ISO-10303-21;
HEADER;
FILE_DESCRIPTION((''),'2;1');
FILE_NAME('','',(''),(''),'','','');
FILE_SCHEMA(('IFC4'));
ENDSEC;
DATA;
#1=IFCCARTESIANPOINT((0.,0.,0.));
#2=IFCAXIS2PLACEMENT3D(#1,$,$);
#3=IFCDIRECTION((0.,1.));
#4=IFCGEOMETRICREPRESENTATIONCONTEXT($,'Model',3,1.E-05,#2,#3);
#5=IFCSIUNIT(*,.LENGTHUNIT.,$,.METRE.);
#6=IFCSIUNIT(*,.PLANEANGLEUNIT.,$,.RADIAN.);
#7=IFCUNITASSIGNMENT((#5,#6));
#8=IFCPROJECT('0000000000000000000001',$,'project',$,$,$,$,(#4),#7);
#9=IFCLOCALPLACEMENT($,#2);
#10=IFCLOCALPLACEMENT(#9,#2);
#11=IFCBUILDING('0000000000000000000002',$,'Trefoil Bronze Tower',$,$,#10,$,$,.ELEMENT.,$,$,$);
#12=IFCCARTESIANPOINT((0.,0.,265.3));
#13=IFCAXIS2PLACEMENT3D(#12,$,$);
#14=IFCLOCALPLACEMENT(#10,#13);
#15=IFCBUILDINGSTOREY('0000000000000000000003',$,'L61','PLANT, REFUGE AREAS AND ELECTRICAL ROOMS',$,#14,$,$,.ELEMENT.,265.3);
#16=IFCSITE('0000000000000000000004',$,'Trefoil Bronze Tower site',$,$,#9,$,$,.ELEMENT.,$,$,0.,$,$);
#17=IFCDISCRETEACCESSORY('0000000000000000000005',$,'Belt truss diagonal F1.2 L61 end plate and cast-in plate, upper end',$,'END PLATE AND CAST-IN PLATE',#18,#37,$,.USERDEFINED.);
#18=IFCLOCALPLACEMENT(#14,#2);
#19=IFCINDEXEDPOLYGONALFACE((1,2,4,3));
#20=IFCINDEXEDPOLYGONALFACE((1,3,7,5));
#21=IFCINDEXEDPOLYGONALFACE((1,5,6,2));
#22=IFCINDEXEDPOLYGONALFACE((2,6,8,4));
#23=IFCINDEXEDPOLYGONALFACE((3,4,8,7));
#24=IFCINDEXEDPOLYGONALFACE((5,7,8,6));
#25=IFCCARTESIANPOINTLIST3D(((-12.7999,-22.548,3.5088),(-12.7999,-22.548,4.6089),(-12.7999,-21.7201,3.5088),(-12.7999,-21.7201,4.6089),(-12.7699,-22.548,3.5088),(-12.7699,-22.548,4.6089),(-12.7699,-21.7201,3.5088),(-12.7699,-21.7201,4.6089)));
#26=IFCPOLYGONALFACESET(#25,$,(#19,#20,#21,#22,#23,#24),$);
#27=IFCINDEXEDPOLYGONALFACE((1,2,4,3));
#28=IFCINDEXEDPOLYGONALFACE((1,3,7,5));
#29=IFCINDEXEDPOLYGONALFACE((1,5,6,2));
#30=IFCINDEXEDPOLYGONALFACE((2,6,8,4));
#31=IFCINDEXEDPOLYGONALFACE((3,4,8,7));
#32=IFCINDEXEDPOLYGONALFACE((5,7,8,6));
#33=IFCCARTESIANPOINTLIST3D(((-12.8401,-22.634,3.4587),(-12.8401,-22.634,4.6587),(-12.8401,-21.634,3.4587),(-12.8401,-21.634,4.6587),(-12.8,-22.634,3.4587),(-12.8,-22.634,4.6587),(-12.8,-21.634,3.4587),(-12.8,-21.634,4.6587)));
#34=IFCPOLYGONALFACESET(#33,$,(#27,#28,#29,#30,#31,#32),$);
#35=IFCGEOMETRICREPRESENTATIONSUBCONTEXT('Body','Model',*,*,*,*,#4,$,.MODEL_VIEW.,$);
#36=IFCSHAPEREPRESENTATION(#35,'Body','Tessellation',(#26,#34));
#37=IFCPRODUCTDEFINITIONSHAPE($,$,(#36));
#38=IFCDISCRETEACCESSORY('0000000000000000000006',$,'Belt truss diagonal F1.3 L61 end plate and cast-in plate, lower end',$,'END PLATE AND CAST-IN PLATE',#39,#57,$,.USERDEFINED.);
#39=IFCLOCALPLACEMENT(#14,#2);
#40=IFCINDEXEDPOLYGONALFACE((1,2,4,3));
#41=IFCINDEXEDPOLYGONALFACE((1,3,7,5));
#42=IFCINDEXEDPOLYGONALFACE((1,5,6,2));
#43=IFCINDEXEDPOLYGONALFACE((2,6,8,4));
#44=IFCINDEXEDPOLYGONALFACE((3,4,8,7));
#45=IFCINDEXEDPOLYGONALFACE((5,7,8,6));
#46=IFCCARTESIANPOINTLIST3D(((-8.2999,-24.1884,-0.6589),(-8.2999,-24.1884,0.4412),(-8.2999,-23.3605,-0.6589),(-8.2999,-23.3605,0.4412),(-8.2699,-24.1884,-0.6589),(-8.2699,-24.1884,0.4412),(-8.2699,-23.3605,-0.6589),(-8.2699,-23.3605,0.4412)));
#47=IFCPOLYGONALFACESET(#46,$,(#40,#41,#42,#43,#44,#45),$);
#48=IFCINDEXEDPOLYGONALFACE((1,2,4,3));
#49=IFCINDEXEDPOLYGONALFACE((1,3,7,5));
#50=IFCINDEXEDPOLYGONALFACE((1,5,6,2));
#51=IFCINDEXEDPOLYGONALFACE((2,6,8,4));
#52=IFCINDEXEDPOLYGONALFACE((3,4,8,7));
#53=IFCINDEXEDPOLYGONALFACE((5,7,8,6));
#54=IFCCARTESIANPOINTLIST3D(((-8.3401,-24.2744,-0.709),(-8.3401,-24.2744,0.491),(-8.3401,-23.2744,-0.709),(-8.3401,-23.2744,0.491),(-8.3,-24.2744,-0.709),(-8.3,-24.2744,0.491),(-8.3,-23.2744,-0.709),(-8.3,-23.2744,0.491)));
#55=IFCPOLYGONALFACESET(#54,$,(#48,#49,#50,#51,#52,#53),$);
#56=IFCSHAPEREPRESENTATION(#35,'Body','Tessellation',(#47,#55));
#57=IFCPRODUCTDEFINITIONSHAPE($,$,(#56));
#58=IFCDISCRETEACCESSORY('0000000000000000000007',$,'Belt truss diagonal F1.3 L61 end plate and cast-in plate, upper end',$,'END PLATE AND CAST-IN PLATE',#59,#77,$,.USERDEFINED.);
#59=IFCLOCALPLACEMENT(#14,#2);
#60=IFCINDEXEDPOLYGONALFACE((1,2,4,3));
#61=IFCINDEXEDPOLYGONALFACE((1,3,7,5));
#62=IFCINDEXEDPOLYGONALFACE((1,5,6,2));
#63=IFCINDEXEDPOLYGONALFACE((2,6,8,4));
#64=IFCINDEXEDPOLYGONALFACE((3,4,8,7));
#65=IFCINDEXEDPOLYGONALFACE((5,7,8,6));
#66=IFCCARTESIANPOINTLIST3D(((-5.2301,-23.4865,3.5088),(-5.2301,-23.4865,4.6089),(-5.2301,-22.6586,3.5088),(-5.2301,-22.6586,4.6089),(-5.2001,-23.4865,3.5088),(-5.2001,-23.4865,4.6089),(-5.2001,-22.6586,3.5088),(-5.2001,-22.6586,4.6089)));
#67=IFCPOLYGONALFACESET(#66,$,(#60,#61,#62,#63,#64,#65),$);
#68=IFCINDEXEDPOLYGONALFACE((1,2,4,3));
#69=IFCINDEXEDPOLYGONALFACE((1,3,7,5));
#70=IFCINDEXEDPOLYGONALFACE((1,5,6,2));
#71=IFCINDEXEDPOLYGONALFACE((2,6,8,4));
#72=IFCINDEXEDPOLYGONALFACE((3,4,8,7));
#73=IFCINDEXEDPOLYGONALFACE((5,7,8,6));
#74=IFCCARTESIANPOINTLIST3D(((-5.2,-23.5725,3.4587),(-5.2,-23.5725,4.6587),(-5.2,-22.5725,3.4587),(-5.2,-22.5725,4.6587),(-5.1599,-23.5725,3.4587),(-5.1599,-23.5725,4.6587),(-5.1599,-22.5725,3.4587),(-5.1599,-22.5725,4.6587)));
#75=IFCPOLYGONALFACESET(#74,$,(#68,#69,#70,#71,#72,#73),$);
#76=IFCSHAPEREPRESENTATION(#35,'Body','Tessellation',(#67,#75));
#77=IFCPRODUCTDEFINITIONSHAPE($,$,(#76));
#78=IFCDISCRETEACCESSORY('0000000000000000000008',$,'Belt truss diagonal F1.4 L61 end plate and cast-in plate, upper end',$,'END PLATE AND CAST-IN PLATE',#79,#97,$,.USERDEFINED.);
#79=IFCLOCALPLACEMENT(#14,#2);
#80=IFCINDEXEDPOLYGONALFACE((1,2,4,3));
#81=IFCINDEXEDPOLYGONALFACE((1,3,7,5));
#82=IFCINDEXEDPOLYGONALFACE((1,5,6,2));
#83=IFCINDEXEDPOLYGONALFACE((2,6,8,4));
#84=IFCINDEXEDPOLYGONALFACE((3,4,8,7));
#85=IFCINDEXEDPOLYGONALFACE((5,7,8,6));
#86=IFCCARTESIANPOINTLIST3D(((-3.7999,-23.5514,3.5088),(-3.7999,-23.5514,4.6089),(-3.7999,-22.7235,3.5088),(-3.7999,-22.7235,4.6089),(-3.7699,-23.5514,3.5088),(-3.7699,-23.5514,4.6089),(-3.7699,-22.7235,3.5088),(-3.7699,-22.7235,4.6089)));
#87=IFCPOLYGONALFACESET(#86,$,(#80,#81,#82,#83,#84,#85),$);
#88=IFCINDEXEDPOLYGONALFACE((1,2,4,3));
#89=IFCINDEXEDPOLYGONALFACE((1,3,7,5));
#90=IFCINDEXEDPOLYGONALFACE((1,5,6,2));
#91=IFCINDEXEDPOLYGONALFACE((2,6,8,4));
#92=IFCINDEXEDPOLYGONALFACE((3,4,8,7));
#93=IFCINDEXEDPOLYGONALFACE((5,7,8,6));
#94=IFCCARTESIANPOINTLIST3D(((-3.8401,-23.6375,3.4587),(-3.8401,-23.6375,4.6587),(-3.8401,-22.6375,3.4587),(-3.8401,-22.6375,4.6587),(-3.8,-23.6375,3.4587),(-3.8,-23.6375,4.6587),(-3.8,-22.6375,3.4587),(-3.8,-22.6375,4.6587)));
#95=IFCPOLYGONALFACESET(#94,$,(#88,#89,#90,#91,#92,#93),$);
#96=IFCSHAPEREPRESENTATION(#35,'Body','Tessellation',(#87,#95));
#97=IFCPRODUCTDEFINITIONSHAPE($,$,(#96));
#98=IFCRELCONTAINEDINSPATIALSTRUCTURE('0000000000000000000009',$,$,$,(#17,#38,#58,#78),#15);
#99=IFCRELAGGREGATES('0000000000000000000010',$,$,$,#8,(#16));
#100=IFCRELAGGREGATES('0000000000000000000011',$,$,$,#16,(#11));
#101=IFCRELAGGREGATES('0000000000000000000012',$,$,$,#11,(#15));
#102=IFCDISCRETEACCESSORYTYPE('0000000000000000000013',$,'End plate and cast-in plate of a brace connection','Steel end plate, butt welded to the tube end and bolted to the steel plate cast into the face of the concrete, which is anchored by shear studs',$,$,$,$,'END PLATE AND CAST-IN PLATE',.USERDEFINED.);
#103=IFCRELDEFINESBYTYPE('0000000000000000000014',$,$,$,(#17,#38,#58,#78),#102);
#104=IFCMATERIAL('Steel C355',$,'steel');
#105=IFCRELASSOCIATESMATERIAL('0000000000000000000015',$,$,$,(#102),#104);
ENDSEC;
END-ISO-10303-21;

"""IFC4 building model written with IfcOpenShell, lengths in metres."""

from ifc_helpers import new_model, si_unit, direction, frame, origin, origin_2d, place, context, subcontext, project, spatial, rectangle, extrude, material, type_object, element, save


model = new_model("IFC4")

# Units and contexts
model_context = context("Model", 3, precision=1e-05, world=origin(), true_north=direction((0.0, 1.0)))
body_context = subcontext(model_context, "Body", "Model", "MODEL_VIEW")
ifc_project = project(units=[si_unit("LENGTHUNIT", "METRE"), si_unit("PLANEANGLEUNIT", "RADIAN")], contexts=[model_context])

# Site, building, storey
site_placement = place(None, origin())
site = spatial("IfcSite", under=ifc_project, at=site_placement, Name="Trefoil Bronze Tower site", CompositionType="ELEMENT", RefElevation=0.0)
building_placement = place(site_placement, origin())
building = spatial("IfcBuilding", under=site, at=building_placement, Name="Trefoil Bronze Tower", CompositionType="ELEMENT")
storey_placement = place(building_placement, frame((0.0, 0.0, 265.3)))
storey = spatial("IfcBuildingStorey", under=building, at=storey_placement, Name="L61", Description="PLANT, REFUGE AREAS AND ELECTRICAL ROOMS", CompositionType="ELEMENT", Elevation=265.3)

# Discrete accessories
ifc_material_1 = material(Name="Steel C355", Category="steel")
discrete_accessory_type = type_object("IfcDiscreteAccessoryType", Name="End plate and cast-in plate of a brace connection", Description="Steel end plate, butt welded to the tube end and bolted to the steel plate cast into the face of the concrete, which is anchored by shear studs", ElementType="END PLATE AND CAST-IN PLATE", PredefinedType="USERDEFINED", material=ifc_material_1)
for number, where, z_axis, x_axis, name in (
    (1, (-12.8, -22.134, 4.0588), (0.0, 0.0, 1.0), (1.0, 0.0, 0.0), "Belt truss diagonal F1.2 L61 end plate and cast-in plate, upper end"),
    (2, (-8.3, -23.7744, -0.1089), (0.0, 0.0, 1.0), (1.0, 0.0, 0.0), "Belt truss diagonal F1.3 L61 end plate and cast-in plate, lower end"),
    (3, (-5.2, -23.0725, 4.0588), (0.0, 0.0, 1.0), (-1.0, 0.0, 0.0), "Belt truss diagonal F1.3 L61 end plate and cast-in plate, upper end"),
    (4, (-3.8, -23.1375, 4.0588), (0.0, 0.0, 1.0), (1.0, 0.0, 0.0), "Belt truss diagonal F1.4 L61 end plate and cast-in plate, upper end"),
):
    element("IfcDiscreteAccessory", number, at=place(storey_placement, frame(where, z_axis=z_axis, x_axis=x_axis)), inside=storey, type_object=discrete_accessory_type, Name=name, ObjectType="END PLATE AND CAST-IN PLATE", PredefinedType="USERDEFINED", context=body_context, shape_type="SweptSolid", body=[
        extrude(rectangle(XDim=0.03, YDim=0.8279, at=origin_2d()), frame((0.0151, 0.0, -0.55)), (0.0, 0.0, 1.0), 1.1001),
        extrude(rectangle(XDim=0.04, YDim=1.0, at=origin_2d()), frame((-0.02, 0.0, -0.6001)), (0.0, 0.0, 1.0), 1.2),
    ])

save(model, "model.ifc")
